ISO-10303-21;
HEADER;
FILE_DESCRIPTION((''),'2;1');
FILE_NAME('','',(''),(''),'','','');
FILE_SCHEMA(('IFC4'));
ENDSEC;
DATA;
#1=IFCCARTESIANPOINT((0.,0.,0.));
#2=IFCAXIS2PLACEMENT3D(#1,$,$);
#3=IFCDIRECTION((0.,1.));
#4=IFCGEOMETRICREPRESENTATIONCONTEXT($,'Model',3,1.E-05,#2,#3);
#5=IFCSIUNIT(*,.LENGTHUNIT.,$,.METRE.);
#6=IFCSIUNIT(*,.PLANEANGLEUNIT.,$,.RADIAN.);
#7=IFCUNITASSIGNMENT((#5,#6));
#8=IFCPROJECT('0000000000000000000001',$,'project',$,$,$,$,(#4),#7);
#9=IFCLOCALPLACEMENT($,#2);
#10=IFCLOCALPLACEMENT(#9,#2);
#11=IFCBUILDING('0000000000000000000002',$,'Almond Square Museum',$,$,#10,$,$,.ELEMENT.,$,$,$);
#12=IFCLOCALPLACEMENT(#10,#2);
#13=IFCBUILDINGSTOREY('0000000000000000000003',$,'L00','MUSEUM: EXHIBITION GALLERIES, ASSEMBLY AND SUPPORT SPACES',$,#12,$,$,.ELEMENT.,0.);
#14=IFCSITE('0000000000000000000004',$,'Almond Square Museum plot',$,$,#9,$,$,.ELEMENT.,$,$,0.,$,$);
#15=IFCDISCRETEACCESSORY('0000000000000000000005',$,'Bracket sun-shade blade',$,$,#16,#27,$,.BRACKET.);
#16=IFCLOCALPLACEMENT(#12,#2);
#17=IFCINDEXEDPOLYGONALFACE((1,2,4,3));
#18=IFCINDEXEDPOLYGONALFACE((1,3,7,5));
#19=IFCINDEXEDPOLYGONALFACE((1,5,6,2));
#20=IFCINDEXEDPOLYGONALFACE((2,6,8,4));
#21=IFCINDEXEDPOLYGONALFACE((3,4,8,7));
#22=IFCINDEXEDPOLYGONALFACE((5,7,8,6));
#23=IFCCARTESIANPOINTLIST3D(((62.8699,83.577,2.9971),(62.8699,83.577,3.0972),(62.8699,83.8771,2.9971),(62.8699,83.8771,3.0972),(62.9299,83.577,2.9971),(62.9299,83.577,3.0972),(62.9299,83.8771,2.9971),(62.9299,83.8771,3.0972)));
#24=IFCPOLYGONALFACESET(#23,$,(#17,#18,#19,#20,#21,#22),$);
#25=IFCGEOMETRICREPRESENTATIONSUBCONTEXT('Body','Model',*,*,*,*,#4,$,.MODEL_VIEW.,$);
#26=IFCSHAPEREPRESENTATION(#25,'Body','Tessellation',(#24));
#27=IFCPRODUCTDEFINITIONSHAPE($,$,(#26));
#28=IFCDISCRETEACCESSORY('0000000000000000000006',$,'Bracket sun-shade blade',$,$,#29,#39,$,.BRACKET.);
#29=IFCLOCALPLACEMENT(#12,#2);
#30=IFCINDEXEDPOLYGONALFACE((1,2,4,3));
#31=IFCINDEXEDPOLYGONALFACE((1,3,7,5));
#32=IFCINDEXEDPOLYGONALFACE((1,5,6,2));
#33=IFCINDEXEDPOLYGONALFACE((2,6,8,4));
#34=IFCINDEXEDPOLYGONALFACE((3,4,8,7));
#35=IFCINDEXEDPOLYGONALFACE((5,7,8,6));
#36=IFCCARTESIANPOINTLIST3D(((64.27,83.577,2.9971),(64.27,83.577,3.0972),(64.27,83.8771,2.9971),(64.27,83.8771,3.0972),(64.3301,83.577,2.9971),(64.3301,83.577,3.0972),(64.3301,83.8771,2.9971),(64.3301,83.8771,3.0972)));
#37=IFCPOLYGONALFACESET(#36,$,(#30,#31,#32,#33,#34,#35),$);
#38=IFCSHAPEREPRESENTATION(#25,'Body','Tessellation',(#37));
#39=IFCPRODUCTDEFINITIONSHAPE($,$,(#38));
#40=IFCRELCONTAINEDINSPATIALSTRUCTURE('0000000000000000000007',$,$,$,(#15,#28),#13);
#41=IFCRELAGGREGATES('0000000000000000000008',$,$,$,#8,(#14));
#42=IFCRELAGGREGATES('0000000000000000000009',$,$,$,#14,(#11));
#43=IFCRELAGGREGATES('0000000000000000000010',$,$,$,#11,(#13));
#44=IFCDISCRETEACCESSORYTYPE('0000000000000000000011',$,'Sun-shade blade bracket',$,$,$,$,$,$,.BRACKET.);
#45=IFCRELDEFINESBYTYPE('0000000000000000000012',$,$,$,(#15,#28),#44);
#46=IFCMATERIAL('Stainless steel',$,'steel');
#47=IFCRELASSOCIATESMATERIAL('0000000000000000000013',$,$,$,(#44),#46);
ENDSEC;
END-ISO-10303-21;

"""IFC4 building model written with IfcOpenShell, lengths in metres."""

from ifc_helpers import new_model, si_unit, direction, frame, origin, origin_2d, place, context, subcontext, project, spatial, rectangle, extrude, material, type_object, element, save


model = new_model("IFC4")

# Units and contexts
model_context = context("Model", 3, precision=1e-05, world=origin(), true_north=direction((0.0, 1.0)))
body_context = subcontext(model_context, "Body", "Model", "MODEL_VIEW")
ifc_project = project(units=[si_unit("LENGTHUNIT", "METRE"), si_unit("PLANEANGLEUNIT", "RADIAN")], contexts=[model_context])

# Site, building, storey
site_placement = place(None, origin())
site = spatial("IfcSite", under=ifc_project, at=site_placement, Name="Almond Square Museum plot", CompositionType="ELEMENT", RefElevation=0.0)
building_placement = place(site_placement, origin())
building = spatial("IfcBuilding", under=site, at=building_placement, Name="Almond Square Museum", CompositionType="ELEMENT")
storey_placement = place(building_placement, origin())
storey = spatial("IfcBuildingStorey", under=building, at=storey_placement, Name="L00", Description="MUSEUM: EXHIBITION GALLERIES, ASSEMBLY AND SUPPORT SPACES", CompositionType="ELEMENT", Elevation=0.0)

# Discrete accessories
ifc_material_1 = material(Name="Stainless steel", Category="steel")
discrete_accessory_type = type_object("IfcDiscreteAccessoryType", Name="Sun-shade blade bracket", PredefinedType="BRACKET", material=ifc_material_1)
for number, where, z_axis, x_axis, name in (
    (1, (62.8999, 83.7271, 2.9971), (0.0, 0.0, 1.0), (1.0, 0.0, 0.0), "Bracket sun-shade blade"),
    (2, (64.3, 83.7271, 2.9971), (0.0, 0.0, 1.0), (1.0, 0.0, 0.0), "Bracket sun-shade blade"),
):
    element("IfcDiscreteAccessory", number, at=place(storey_placement, frame(where, z_axis=z_axis, x_axis=x_axis)), inside=storey, type_object=discrete_accessory_type, Name=name, PredefinedType="BRACKET", context=body_context, shape_type="SweptSolid", body=[
        extrude(rectangle(XDim=0.0601, YDim=0.3, at=origin_2d()), origin(), (0.0, 0.0, 1.0), 0.1001),
    ])

save(model, "model.ifc")
